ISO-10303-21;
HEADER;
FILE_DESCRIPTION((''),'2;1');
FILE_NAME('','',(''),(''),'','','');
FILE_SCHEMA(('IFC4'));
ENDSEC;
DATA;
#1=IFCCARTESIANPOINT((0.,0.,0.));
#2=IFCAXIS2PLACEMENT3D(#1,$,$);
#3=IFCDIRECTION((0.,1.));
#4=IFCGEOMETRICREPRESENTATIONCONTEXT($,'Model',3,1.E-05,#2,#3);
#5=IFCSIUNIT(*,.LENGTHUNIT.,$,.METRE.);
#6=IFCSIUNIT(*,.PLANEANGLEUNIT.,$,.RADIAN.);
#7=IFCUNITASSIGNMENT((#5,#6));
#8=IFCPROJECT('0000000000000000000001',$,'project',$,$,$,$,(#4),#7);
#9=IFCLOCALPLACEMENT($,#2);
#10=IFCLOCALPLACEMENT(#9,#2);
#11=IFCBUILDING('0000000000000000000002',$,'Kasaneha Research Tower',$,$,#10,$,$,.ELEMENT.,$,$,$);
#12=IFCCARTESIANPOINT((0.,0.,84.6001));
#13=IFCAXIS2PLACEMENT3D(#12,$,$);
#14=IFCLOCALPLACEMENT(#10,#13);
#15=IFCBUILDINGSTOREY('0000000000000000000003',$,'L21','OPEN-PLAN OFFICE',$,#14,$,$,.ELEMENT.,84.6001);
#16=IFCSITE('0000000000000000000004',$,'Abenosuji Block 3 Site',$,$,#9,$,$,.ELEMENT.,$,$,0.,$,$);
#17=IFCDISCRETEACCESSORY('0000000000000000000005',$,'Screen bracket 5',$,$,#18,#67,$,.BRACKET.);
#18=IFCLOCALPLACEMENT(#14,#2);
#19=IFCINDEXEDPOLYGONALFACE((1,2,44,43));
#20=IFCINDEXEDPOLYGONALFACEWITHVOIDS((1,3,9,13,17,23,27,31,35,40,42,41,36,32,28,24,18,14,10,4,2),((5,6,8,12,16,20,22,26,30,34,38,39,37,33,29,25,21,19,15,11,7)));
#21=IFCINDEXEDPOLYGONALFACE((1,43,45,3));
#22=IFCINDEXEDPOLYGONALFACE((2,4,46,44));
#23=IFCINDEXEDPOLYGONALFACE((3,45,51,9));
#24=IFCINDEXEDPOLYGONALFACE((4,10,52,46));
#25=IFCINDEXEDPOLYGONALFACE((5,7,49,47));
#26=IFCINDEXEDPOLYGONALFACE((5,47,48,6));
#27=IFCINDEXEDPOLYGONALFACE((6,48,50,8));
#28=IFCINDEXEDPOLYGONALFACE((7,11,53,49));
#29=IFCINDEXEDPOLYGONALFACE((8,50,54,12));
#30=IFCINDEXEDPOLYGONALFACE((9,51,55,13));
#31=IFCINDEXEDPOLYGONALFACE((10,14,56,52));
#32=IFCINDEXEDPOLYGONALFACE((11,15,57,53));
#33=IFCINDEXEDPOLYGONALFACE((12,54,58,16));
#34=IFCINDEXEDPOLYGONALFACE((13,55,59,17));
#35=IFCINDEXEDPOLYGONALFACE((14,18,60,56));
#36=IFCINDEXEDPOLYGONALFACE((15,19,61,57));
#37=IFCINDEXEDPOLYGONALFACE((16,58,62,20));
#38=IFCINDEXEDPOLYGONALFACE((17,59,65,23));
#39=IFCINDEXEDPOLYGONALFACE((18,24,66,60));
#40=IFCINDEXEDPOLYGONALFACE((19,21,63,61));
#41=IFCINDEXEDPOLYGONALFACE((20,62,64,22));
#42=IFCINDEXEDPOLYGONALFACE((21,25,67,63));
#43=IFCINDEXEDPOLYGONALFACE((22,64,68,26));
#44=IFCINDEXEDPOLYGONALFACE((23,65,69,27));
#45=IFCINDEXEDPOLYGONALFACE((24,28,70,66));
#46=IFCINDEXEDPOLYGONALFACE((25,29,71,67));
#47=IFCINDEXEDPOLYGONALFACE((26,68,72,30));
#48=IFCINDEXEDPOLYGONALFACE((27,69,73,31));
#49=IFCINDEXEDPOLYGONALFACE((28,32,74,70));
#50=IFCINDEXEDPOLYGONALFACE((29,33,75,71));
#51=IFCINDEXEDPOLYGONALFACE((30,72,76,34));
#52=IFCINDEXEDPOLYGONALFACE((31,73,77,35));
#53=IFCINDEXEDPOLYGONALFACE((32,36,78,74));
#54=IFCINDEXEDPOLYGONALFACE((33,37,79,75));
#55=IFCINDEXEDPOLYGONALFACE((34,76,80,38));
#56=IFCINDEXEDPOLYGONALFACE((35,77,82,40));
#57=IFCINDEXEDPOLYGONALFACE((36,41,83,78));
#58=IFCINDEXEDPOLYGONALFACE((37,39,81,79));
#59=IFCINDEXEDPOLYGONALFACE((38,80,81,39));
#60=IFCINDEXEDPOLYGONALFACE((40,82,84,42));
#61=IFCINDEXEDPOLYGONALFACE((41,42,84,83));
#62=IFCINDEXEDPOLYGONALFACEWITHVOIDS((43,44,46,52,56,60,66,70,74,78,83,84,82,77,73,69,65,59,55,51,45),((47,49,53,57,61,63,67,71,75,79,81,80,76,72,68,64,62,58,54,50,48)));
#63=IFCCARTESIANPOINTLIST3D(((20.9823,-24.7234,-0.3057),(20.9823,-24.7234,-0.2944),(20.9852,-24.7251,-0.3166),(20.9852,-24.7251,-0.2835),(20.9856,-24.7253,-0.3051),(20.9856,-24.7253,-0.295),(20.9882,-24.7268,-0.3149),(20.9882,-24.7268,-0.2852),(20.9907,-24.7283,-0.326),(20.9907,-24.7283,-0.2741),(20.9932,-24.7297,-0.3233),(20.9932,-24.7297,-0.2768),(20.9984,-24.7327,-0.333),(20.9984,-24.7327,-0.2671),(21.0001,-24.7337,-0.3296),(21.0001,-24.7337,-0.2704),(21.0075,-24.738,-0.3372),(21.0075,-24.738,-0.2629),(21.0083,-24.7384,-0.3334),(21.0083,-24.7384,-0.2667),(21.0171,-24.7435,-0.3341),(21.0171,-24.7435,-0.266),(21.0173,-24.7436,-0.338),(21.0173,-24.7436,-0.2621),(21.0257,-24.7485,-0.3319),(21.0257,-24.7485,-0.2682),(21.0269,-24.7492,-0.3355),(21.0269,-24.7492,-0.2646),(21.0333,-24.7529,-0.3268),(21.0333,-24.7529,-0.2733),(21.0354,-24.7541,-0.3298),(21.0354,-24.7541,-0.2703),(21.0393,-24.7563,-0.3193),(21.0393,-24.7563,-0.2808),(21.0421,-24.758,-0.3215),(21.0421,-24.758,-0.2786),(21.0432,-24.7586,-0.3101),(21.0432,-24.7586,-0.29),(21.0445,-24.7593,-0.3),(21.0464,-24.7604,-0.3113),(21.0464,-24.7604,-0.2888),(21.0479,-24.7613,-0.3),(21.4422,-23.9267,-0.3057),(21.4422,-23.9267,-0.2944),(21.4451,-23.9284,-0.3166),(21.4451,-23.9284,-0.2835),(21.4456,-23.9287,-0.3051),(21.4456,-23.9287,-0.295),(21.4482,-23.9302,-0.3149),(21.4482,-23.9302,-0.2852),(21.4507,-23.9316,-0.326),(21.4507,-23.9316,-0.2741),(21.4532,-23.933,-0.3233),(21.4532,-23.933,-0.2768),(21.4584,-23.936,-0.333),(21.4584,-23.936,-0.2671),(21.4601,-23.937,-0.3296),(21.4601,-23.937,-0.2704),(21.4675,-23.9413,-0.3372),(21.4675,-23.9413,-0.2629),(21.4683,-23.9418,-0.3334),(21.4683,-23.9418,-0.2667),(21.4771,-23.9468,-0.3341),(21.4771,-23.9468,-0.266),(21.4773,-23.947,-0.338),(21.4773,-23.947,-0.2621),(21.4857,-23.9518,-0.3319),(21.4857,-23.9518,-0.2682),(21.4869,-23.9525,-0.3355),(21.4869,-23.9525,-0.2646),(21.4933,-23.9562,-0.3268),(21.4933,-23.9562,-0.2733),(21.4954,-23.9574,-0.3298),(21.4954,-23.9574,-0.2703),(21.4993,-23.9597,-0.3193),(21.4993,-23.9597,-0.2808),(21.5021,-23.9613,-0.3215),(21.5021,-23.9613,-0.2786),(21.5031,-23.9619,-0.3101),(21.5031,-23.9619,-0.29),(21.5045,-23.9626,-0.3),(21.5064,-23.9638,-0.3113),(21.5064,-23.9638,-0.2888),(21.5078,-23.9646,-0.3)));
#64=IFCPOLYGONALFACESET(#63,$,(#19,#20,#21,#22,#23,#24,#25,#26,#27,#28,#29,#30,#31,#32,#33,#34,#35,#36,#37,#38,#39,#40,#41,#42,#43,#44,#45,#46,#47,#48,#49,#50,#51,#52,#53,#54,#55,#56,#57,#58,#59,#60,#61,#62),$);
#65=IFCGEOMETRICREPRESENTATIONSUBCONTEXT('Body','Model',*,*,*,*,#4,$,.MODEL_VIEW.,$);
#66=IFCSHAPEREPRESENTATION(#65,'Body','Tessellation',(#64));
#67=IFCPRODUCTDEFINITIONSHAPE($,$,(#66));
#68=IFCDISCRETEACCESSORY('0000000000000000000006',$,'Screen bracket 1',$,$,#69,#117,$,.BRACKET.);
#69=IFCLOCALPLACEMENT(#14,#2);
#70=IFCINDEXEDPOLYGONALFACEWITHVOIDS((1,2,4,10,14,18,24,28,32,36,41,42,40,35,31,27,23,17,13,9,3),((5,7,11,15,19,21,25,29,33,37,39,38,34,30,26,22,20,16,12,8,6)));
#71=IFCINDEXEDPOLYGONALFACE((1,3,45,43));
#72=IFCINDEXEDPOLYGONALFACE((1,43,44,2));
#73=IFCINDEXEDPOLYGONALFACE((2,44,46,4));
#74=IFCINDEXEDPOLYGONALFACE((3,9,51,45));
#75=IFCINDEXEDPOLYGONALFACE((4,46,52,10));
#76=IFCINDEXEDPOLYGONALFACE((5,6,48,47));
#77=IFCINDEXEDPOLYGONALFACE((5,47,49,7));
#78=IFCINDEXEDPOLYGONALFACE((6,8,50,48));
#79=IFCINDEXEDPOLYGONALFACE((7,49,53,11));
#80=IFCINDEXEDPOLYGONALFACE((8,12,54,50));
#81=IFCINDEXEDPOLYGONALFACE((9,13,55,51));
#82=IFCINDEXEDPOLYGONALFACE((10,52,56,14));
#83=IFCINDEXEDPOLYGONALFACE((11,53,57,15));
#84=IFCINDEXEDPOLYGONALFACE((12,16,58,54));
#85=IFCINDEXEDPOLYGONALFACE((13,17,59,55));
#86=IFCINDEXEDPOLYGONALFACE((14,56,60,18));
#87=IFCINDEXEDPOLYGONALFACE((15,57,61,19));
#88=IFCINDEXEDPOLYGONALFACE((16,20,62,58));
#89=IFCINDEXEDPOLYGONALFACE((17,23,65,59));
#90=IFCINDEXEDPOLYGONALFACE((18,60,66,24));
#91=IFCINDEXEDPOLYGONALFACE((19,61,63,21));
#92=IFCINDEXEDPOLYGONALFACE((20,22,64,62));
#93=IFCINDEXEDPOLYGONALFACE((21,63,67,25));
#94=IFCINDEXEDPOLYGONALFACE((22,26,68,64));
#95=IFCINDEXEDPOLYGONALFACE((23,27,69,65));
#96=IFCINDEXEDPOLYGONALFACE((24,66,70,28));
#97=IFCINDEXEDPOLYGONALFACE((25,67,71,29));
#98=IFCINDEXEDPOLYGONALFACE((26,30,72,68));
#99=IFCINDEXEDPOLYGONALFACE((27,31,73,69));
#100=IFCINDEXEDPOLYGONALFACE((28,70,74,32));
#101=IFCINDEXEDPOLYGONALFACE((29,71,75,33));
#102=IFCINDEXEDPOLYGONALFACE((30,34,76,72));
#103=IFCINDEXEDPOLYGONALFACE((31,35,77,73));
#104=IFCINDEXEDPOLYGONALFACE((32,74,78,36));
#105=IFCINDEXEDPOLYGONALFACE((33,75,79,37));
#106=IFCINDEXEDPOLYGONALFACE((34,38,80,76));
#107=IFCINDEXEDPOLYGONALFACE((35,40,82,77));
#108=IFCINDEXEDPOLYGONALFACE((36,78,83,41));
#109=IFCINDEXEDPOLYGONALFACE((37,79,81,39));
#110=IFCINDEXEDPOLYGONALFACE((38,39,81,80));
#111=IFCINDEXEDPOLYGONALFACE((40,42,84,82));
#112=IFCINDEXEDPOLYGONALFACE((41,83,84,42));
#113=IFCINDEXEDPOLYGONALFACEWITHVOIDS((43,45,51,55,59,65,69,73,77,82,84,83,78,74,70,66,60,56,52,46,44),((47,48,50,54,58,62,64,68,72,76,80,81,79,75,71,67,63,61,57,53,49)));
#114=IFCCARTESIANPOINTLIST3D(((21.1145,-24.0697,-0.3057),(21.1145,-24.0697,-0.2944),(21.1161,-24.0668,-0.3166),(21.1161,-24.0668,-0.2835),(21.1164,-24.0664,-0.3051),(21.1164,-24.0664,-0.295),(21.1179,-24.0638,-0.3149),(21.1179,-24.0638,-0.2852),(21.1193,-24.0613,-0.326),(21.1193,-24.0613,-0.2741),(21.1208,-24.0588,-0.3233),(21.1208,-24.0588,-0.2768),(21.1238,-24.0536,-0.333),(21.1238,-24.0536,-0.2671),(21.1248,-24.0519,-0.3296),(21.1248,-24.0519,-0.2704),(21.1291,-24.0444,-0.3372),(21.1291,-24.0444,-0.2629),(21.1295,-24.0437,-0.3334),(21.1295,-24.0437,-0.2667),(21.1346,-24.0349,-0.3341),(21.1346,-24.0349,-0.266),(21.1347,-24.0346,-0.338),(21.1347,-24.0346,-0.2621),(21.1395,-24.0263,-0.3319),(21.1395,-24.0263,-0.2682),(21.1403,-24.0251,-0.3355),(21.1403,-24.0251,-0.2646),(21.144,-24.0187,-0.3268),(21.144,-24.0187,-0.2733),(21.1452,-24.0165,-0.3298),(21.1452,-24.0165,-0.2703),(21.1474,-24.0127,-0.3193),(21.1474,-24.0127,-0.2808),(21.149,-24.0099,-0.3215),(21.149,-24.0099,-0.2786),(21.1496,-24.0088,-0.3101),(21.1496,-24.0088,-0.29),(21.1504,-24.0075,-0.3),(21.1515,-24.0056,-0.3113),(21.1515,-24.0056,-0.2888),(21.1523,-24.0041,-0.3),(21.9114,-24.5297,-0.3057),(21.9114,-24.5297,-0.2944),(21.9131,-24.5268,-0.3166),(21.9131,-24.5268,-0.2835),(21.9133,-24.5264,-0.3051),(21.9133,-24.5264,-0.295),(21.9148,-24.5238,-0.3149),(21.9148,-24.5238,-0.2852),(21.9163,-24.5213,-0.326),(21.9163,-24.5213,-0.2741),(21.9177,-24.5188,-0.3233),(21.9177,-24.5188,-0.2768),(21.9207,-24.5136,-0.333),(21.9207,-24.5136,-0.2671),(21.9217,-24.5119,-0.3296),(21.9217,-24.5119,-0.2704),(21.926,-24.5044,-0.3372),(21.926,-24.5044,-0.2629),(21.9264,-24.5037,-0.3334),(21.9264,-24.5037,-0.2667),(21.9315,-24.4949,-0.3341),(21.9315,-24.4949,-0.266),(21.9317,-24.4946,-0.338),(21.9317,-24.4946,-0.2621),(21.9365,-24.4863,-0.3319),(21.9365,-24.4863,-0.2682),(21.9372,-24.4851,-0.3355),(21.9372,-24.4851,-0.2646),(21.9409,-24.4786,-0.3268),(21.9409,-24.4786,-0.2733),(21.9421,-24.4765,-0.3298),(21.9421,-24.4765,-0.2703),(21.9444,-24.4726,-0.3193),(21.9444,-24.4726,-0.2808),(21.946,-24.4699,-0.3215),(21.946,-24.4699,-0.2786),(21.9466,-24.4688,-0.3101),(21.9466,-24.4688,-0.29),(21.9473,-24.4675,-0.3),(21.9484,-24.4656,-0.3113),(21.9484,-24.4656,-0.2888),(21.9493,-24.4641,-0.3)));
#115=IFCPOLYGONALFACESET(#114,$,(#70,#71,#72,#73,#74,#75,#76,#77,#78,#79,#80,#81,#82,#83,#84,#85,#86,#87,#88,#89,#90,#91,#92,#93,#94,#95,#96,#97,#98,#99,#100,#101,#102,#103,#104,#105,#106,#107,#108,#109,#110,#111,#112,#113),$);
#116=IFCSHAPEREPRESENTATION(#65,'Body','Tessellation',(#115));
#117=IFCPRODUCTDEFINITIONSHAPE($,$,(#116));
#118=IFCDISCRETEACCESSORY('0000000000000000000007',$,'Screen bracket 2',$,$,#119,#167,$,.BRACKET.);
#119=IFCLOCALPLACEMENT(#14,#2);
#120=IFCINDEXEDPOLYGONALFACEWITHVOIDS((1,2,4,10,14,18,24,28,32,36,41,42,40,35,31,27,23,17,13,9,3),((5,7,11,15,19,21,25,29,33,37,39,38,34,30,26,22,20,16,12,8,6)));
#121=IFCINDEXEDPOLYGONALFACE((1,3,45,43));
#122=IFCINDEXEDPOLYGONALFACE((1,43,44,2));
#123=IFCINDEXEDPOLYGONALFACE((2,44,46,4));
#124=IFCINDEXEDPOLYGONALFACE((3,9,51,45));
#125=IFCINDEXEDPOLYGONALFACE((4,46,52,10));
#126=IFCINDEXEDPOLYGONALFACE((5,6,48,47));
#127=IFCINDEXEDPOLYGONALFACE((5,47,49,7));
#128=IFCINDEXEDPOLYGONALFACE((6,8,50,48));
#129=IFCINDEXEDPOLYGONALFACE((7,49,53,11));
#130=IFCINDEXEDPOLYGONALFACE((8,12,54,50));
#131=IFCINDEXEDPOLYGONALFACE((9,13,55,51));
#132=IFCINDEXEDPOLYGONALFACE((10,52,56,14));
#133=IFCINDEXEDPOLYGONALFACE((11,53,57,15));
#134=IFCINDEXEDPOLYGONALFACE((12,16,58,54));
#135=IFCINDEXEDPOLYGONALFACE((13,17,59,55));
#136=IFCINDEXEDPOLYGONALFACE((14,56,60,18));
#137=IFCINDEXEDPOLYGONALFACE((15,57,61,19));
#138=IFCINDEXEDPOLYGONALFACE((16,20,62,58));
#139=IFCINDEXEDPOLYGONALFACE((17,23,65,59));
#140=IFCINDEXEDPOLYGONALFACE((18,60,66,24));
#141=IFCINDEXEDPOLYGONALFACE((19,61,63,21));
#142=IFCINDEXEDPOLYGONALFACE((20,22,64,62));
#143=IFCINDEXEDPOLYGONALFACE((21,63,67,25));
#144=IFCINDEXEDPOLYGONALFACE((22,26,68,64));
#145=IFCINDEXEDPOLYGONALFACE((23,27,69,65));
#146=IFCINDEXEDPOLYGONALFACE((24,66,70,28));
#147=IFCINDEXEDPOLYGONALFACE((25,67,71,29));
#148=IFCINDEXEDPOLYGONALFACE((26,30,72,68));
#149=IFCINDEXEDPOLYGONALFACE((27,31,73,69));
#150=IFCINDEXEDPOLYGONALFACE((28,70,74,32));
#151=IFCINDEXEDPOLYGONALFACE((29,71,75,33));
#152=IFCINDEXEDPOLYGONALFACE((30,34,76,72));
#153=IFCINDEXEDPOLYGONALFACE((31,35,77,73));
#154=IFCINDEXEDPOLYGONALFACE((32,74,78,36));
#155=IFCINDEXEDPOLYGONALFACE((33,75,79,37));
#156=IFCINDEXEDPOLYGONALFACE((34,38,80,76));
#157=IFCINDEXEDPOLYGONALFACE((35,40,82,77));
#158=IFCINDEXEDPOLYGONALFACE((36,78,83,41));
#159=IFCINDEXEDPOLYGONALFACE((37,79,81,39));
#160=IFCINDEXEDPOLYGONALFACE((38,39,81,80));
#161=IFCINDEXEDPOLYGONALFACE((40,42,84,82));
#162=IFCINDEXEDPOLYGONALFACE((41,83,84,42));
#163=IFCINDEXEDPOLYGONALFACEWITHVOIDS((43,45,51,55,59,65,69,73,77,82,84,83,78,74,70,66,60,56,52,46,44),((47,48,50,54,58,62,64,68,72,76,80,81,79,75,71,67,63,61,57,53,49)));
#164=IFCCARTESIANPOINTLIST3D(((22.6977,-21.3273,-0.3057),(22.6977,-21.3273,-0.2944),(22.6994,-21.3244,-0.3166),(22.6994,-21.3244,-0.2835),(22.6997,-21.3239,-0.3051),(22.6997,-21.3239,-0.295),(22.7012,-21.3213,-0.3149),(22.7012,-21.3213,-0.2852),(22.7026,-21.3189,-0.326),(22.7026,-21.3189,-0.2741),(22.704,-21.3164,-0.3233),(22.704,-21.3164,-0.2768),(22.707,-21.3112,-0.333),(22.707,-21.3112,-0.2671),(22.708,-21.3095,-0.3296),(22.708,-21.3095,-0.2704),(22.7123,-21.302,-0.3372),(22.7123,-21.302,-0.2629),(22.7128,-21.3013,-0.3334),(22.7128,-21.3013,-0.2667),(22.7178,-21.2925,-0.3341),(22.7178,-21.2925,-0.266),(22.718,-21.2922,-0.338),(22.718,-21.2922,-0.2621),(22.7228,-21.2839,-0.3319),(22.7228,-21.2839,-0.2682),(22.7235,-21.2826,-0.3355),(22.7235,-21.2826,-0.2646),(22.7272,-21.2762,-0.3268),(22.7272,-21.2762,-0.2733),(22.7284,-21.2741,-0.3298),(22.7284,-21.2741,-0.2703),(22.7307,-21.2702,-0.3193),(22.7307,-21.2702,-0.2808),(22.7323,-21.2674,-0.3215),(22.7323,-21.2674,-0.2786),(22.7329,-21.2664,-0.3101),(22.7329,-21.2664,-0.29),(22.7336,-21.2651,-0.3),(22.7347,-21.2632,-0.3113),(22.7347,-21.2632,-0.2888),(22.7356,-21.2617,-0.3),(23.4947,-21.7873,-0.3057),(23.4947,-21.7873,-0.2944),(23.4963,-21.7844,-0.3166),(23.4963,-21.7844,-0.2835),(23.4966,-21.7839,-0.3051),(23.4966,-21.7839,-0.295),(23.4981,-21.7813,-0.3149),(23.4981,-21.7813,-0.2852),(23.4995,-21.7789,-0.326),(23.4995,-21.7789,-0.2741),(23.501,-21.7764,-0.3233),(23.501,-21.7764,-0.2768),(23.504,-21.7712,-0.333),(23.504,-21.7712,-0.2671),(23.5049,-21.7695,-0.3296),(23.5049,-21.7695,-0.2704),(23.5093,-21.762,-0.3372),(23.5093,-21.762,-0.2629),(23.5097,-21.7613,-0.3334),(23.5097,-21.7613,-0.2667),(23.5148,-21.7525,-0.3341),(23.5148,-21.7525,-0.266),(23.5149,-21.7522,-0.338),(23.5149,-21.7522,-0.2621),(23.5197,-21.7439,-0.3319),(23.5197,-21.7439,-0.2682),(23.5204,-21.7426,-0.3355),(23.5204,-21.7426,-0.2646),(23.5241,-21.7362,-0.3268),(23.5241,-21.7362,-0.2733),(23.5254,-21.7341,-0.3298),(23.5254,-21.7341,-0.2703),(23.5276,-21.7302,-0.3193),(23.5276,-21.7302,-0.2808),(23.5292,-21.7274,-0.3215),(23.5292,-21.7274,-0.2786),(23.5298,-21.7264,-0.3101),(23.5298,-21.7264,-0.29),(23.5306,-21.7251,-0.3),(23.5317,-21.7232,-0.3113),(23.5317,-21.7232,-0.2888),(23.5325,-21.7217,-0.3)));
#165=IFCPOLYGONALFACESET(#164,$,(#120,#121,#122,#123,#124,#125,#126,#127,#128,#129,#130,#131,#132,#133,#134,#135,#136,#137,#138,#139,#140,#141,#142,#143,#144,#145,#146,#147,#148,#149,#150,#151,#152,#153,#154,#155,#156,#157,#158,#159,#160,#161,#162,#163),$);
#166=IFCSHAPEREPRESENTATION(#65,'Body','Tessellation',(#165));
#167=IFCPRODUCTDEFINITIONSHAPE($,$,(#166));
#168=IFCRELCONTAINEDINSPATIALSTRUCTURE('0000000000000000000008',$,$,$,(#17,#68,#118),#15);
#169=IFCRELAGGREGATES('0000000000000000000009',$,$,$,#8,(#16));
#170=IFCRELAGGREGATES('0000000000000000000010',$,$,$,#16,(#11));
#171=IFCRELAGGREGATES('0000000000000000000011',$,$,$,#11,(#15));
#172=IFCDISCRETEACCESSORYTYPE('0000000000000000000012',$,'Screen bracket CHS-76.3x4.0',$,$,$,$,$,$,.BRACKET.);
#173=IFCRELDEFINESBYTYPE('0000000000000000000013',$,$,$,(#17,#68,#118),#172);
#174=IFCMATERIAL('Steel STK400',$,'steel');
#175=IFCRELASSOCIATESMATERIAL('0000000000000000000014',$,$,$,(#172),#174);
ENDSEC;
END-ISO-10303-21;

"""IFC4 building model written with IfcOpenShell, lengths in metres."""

from ifc_helpers import new_model, si_unit, direction, frame, origin, origin_2d, place, context, subcontext, project, spatial, hollow_circle, extrude, material, material_profile, profile_set, type_object, element, save


model = new_model("IFC4")

# Units and contexts
model_context = context("Model", 3, precision=1e-05, world=origin(), true_north=direction((0.0, 1.0)))
body_context = subcontext(model_context, "Body", "Model", "MODEL_VIEW")
ifc_project = project(units=[si_unit("LENGTHUNIT", "METRE"), si_unit("PLANEANGLEUNIT", "RADIAN")], contexts=[model_context])

# Site, building, storey
site_placement = place(None, origin())
site = spatial("IfcSite", under=ifc_project, at=site_placement, Name="Abenosuji Block 3 Site", CompositionType="ELEMENT", RefElevation=0.0)
building_placement = place(site_placement, origin())
building = spatial("IfcBuilding", under=site, at=building_placement, Name="Kasaneha Research Tower", CompositionType="ELEMENT")
storey_placement = place(building_placement, frame((0.0, 0.0, 84.6001)))
storey = spatial("IfcBuildingStorey", under=building, at=storey_placement, Name="L21", Description="OPEN-PLAN OFFICE", CompositionType="ELEMENT", Elevation=84.6001)

# Discrete accessories
ifc_material_1 = material(Name="Steel STK400", Category="steel")
ifc_material_profile_1 = material_profile(ifc_material_1, hollow_circle(Radius=0.0381, WallThickness=0.0039, at=origin_2d()), Name="CHS-76.3x4.0")
ifc_profile_set_1 = profile_set([ifc_material_profile_1], Name="Steel STK400")
discrete_accessory_type = type_object("IfcDiscreteAccessoryType", Name="Screen bracket CHS-76.3x4.0", PredefinedType="BRACKET", material=ifc_profile_set_1)
discrete_accessory_1_placement = place(storey_placement, frame((21.4749, -23.9456, -0.3), z_axis=(-0.500021, -0.866013, 0.0), x_axis=(0.866013, -0.500021, 0.0)))
element("IfcDiscreteAccessory", 1, at=discrete_accessory_1_placement, inside=storey, type_object=discrete_accessory_type, Name="Screen bracket 5", PredefinedType="BRACKET", context=body_context, shape_type="SweptSolid", body=[
    extrude(hollow_circle(Radius=0.0381, WallThickness=0.0039, at=origin_2d()), origin(), (0.0, 0.0, 1.0), 0.9199),
])
for number, where, z_axis, x_axis, name in (
    (2, (21.1333, -24.0371, -0.3), (0.86608, -0.499906, 0.0), (0.499906, 0.86608, 0.0), "Screen bracket 1"),
    (3, (22.7166, -21.2947, -0.3), (0.86608, -0.499906, 0.0), (0.499906, 0.86608, 0.0), "Screen bracket 2"),
):
    element("IfcDiscreteAccessory", number, at=place(storey_placement, frame(where, z_axis=z_axis, x_axis=x_axis)), inside=storey, type_object=discrete_accessory_type, Name=name, PredefinedType="BRACKET", context=body_context, shape_type="SweptSolid", body=[
        extrude(hollow_circle(Radius=0.0381, WallThickness=0.0039, at=origin_2d()), origin(), (0.0, 0.0, 1.0), 0.9202),
    ])

save(model, "model.ifc")
